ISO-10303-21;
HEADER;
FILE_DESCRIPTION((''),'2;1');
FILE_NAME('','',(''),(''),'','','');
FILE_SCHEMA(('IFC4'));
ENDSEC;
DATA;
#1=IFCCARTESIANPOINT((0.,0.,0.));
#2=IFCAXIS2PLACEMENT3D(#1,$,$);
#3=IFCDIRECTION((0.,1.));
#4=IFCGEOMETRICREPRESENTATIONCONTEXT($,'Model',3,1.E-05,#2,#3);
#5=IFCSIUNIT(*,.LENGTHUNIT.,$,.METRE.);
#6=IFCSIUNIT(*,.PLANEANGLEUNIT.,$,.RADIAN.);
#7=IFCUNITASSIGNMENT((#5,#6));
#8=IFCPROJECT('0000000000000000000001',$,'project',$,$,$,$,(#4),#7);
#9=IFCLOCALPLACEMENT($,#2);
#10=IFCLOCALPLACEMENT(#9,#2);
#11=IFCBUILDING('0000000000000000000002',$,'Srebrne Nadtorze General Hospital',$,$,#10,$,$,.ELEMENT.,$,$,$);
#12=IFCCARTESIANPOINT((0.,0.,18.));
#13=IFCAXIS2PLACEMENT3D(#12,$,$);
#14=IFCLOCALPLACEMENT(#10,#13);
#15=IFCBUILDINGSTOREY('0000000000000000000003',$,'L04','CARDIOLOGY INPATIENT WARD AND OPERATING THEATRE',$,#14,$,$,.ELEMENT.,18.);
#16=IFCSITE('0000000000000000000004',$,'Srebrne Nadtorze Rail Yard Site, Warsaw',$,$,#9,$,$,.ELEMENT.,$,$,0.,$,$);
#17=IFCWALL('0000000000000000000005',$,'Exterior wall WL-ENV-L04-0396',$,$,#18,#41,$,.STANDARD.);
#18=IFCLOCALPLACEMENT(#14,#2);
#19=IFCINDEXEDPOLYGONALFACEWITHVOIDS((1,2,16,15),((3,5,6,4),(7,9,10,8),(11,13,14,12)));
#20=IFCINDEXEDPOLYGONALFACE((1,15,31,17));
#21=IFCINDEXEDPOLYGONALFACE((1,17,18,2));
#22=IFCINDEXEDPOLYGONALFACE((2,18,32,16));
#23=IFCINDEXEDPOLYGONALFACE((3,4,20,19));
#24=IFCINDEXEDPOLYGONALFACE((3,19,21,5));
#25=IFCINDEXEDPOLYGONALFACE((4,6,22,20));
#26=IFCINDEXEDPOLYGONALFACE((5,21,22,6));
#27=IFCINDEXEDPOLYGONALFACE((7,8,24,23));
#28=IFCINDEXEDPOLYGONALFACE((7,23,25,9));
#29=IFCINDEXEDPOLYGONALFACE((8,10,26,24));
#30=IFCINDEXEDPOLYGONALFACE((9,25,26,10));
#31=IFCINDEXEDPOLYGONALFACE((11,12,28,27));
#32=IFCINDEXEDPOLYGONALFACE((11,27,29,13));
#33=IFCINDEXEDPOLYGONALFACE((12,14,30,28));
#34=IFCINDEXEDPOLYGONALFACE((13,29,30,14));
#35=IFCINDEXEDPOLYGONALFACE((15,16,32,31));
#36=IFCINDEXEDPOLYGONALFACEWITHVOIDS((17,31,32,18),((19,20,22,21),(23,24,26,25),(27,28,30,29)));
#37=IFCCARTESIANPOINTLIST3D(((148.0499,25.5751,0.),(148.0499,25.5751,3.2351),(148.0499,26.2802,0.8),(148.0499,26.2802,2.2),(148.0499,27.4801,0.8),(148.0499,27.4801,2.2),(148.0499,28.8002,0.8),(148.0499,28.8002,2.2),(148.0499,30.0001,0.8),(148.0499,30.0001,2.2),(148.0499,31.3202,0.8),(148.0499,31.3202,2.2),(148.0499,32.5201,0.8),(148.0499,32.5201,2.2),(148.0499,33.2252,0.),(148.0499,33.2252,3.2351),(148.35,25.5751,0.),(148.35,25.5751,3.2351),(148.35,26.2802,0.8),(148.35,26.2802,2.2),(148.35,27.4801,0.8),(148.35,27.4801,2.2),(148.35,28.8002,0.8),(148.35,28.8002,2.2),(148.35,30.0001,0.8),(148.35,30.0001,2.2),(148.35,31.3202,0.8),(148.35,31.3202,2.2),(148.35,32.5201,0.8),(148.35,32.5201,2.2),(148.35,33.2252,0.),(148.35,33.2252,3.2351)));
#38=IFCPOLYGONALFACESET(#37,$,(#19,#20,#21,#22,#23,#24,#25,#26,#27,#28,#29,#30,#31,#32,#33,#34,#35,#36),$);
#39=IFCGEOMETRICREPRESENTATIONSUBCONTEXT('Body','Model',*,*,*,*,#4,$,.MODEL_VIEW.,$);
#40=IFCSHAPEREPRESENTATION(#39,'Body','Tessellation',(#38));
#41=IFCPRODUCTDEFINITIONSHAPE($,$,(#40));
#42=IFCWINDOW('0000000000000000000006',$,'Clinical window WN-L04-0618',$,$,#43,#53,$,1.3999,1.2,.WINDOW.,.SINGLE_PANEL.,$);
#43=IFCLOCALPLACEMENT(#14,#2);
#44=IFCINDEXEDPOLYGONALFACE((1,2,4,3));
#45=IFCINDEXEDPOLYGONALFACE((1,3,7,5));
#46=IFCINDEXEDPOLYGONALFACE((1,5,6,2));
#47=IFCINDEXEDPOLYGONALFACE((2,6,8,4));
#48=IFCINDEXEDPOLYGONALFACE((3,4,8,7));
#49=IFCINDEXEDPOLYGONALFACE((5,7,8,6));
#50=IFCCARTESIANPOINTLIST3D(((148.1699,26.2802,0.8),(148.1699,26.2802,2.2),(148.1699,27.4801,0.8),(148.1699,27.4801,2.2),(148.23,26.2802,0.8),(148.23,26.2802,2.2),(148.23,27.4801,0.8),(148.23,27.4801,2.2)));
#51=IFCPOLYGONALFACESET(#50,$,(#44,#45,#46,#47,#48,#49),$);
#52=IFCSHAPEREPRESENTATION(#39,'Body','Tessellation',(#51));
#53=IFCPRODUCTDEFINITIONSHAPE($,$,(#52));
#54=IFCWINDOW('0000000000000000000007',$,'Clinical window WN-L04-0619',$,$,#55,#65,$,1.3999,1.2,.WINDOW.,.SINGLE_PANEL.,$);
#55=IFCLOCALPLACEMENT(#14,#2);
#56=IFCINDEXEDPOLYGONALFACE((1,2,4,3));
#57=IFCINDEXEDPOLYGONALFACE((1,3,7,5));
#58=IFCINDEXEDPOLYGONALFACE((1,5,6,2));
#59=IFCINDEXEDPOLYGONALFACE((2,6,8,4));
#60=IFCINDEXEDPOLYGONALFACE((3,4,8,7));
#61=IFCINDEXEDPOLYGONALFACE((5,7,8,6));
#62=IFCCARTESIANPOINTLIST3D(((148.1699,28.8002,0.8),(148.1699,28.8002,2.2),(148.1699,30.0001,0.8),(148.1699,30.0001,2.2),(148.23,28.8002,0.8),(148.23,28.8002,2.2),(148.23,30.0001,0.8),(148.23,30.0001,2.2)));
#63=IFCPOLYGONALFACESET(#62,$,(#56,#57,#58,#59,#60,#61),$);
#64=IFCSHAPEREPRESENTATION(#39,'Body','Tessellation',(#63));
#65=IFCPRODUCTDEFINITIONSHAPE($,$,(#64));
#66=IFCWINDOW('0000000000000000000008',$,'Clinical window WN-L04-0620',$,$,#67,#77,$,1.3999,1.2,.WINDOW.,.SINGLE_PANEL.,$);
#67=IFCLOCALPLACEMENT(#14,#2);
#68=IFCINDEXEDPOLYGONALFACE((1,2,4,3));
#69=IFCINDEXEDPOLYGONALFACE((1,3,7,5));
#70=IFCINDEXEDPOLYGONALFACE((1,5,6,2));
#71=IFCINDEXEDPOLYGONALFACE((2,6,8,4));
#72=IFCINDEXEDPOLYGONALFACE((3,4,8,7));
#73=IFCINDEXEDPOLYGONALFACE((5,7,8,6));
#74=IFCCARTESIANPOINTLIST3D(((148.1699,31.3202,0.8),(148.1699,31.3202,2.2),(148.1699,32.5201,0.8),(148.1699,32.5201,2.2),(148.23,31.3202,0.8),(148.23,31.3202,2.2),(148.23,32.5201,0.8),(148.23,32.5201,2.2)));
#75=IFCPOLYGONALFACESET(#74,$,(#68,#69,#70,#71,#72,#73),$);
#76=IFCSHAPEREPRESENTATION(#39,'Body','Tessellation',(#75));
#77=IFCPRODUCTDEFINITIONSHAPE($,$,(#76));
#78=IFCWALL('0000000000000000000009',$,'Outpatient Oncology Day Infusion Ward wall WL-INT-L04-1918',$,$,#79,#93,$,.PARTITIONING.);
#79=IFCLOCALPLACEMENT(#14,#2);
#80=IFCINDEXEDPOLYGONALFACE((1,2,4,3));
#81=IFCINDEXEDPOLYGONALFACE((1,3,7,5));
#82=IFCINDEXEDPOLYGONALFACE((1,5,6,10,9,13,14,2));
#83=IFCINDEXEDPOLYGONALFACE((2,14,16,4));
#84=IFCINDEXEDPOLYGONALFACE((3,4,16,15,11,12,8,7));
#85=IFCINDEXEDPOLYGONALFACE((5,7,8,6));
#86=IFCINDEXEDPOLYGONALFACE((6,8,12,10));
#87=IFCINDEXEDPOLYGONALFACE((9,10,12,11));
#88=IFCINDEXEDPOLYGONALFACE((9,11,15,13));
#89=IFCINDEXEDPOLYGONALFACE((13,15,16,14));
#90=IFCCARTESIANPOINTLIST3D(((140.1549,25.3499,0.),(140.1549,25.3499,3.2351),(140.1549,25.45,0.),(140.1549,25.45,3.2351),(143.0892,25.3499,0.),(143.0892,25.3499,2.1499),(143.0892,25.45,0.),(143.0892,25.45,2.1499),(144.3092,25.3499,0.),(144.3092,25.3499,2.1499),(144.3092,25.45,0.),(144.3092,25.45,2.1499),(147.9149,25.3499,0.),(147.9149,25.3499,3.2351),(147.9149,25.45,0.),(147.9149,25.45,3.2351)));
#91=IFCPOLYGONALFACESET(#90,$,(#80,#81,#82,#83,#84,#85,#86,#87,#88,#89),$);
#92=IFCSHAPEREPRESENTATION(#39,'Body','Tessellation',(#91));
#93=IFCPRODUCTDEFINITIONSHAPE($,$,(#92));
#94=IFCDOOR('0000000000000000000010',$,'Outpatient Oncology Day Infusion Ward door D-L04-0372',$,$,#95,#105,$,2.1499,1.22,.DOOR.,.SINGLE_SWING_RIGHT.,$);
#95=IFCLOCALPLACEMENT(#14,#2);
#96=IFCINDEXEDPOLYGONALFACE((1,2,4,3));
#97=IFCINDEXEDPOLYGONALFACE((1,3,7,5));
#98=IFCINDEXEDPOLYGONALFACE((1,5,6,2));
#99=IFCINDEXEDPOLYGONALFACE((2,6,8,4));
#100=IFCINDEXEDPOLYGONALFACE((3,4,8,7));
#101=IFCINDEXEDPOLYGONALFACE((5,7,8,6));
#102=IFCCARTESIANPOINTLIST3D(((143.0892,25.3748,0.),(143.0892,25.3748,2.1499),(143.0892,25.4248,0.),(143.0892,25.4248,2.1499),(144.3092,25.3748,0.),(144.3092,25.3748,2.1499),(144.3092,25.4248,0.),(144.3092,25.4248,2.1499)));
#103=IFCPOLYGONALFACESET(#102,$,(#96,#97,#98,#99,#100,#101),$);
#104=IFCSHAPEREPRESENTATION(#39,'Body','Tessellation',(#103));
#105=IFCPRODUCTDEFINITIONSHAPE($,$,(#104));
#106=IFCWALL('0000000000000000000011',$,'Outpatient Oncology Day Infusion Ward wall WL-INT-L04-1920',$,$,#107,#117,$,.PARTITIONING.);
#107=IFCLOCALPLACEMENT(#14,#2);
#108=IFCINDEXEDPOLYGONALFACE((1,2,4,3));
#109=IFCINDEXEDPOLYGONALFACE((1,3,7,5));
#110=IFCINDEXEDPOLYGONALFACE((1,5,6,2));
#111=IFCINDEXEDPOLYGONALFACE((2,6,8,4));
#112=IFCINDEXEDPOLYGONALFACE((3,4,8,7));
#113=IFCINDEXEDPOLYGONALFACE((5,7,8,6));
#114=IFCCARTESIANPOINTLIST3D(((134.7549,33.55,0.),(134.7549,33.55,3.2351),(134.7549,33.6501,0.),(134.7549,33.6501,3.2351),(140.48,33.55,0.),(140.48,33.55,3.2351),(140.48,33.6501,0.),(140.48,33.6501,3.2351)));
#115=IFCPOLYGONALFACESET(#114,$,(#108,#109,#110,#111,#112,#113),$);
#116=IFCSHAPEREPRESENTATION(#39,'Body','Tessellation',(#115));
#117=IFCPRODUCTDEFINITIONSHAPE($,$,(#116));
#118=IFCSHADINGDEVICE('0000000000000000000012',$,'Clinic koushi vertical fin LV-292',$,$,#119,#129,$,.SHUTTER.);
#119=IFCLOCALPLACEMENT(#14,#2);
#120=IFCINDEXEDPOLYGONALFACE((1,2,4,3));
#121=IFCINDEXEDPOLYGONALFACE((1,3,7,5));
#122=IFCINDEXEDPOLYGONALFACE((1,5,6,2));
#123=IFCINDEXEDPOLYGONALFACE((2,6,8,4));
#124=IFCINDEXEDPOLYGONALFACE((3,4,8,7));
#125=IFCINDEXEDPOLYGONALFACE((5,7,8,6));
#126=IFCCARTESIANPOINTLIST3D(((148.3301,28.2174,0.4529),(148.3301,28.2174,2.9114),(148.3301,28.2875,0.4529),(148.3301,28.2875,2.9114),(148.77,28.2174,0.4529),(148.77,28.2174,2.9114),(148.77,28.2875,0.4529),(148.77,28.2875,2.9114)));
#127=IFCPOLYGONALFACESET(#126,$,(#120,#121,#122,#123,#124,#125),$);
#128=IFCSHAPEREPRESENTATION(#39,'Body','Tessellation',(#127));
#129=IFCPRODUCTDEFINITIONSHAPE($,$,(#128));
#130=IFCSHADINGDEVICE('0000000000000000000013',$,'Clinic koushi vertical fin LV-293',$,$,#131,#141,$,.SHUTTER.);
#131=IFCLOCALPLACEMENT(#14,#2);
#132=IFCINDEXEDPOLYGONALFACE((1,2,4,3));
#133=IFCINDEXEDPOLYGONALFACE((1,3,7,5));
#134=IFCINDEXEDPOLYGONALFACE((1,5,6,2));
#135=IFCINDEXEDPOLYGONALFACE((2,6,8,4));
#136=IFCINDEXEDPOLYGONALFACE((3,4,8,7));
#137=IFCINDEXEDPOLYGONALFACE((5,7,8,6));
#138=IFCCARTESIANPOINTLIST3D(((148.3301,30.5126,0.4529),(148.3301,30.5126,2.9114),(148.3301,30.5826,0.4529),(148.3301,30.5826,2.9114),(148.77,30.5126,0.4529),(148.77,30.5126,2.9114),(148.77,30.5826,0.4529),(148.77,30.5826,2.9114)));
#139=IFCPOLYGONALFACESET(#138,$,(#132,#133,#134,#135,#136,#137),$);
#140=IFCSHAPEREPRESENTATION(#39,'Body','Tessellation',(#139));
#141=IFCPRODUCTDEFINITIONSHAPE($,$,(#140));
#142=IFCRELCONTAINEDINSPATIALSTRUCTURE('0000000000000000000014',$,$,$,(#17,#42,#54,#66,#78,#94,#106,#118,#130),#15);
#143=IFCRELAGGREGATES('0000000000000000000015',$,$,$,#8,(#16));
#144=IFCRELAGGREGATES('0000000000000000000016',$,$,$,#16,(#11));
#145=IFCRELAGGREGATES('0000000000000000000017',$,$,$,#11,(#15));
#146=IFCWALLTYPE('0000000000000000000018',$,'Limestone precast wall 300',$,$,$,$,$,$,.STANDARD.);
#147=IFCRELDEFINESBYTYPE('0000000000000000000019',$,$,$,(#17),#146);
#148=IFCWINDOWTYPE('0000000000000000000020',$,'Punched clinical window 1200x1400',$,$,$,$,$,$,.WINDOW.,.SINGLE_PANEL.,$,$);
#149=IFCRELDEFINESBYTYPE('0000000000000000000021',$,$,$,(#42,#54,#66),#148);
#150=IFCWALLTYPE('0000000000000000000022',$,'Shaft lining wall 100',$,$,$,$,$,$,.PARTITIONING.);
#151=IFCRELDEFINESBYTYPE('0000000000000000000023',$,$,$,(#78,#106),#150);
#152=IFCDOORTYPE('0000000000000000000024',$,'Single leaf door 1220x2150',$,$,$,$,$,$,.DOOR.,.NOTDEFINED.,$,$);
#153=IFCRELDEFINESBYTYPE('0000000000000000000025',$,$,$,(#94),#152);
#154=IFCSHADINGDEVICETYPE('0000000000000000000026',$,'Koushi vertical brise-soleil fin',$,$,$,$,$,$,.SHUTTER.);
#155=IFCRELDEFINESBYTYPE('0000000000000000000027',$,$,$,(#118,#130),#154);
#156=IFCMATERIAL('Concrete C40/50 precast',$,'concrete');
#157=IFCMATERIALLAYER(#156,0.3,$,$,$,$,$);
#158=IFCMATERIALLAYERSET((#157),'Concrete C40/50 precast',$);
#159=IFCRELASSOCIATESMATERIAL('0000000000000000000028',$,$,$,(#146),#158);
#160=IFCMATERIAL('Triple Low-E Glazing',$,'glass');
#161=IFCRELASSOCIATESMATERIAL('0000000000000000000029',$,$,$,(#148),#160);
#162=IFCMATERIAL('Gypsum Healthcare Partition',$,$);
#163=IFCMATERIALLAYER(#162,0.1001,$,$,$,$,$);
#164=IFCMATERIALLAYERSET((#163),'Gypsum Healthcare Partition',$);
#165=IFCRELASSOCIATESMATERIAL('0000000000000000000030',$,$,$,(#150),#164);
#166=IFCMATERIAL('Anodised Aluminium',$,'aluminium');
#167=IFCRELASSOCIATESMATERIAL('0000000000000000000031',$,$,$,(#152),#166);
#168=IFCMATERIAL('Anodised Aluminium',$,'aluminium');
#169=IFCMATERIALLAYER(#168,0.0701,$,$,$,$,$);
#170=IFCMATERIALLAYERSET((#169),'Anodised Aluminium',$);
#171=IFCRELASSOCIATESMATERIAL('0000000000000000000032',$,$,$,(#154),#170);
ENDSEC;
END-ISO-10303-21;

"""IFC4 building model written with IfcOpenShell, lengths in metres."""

from ifc_helpers import new_model, si_unit, direction, frame, frame_2d, origin, origin_2d, place, context, subcontext, project, spatial, rectangle, extrude, material, layer, layer_set, type_object, element, fill, save


model = new_model("IFC4")

# Units and contexts
model_context = context("Model", 3, precision=1e-05, world=origin(), true_north=direction((0.0, 1.0)))
body_context = subcontext(model_context, "Body", "Model", "MODEL_VIEW")
ifc_project = project(units=[si_unit("LENGTHUNIT", "METRE"), si_unit("PLANEANGLEUNIT", "RADIAN")], contexts=[model_context])

# Site, building, storey
site_placement = place(None, origin())
site = spatial("IfcSite", under=ifc_project, at=site_placement, Name="Srebrne Nadtorze Rail Yard Site, Warsaw", CompositionType="ELEMENT", RefElevation=0.0)
building_placement = place(site_placement, origin())
building = spatial("IfcBuilding", under=site, at=building_placement, Name="Srebrne Nadtorze General Hospital", CompositionType="ELEMENT")
storey_placement = place(building_placement, frame((0.0, 0.0, 18.0)))
storey = spatial("IfcBuildingStorey", under=building, at=storey_placement, Name="L04", Description="CARDIOLOGY INPATIENT WARD AND OPERATING THEATRE", CompositionType="ELEMENT", Elevation=18.0)

# Wall, openings, windows
ifc_material_1 = material(Name="Concrete C40/50 precast", Category="concrete")
ifc_layer_1 = layer(ifc_material_1, 0.3)
ifc_layer_set_1 = layer_set([ifc_layer_1], Name="Concrete C40/50 precast")
wall_type_1 = type_object("IfcWallType", Name="Limestone precast wall 300", PredefinedType="STANDARD", material=ifc_layer_set_1)
wall_1_placement = place(storey_placement, frame((148.2, 25.575, 0.0), z_axis=(0.0, 0.0, 1.0), x_axis=(0.0, 1.0, 0.0)))
wall_1 = element("IfcWall", 1, at=wall_1_placement, inside=storey, type_object=wall_type_1, Name="Exterior wall WL-ENV-L04-0396", PredefinedType="STANDARD", context=body_context, shape_type="SweptSolid", body=[
    extrude(rectangle(XDim=7.6501, YDim=0.3, at=frame_2d((3.8252, 0.0))), origin(), (0.0, 0.0, 1.0), 3.2351),
])
opening_1_placement = place(wall_1_placement, frame((0.7051, 0.0, 0.8)))
opening_1 = element("IfcOpeningElement", 2, at=opening_1_placement, cuts=wall_1, PredefinedType="OPENING", context=body_context, shape_type="SweptSolid", body=[
    extrude(rectangle(XDim=1.2, YDim=1.3999, at=frame_2d((0.6001, 0.7))), frame((0.0, 0.1621, 0.0), z_axis=(0.0, -1.0, 0.0), x_axis=(1.0, 0.0, 0.0)), (0.0, 0.0, 1.0), 0.324),
])
opening_2_placement = place(wall_1_placement, frame((3.2251, 0.0, 0.8)))
opening_2 = element("IfcOpeningElement", 3, at=opening_2_placement, cuts=wall_1, PredefinedType="OPENING", context=body_context, shape_type="SweptSolid", body=[
    extrude(rectangle(XDim=1.2, YDim=1.3999, at=frame_2d((0.6001, 0.7))), frame((0.0, 0.1621, 0.0), z_axis=(0.0, -1.0, 0.0), x_axis=(1.0, 0.0, 0.0)), (0.0, 0.0, 1.0), 0.324),
])
opening_3_placement = place(wall_1_placement, frame((5.7451, 0.0, 0.8)))
opening_3 = element("IfcOpeningElement", 4, at=opening_3_placement, cuts=wall_1, PredefinedType="OPENING", context=body_context, shape_type="SweptSolid", body=[
    extrude(rectangle(XDim=1.2, YDim=1.3999, at=frame_2d((0.6001, 0.7))), frame((0.0, 0.1621, 0.0), z_axis=(0.0, -1.0, 0.0), x_axis=(1.0, 0.0, 0.0)), (0.0, 0.0, 1.0), 0.324),
])
ifc_material_2 = material(Name="Triple Low-E Glazing", Category="glass")
window_type = type_object("IfcWindowType", Name="Punched clinical window 1200x1400", PartitioningType="SINGLE_PANEL", PredefinedType="WINDOW", material=ifc_material_2)
window_1_placement = place(opening_1_placement, origin())
window_1 = element("IfcWindow", 5, at=window_1_placement, inside=storey, type_object=window_type, Name="Clinical window WN-L04-0618", OverallHeight=1.3999, OverallWidth=1.2, PartitioningType="SINGLE_PANEL", PredefinedType="WINDOW", context=body_context, shape_type="SweptSolid", body=[
    extrude(rectangle(XDim=1.2, YDim=1.3999, at=frame_2d((0.6001, 0.7))), frame((0.0, 0.03, 0.0), z_axis=(0.0, -1.0, 0.0), x_axis=(1.0, 0.0, 0.0)), (0.0, 0.0, 1.0), 0.0601),
])
fill(opening_1, window_1)
window_2_placement = place(opening_2_placement, origin())
window_2 = element("IfcWindow", 6, at=window_2_placement, inside=storey, type_object=window_type, Name="Clinical window WN-L04-0619", OverallHeight=1.3999, OverallWidth=1.2, PartitioningType="SINGLE_PANEL", PredefinedType="WINDOW", context=body_context, shape_type="SweptSolid", body=[
    extrude(rectangle(XDim=1.2, YDim=1.3999, at=frame_2d((0.6001, 0.7))), frame((0.0, 0.03, 0.0), z_axis=(0.0, -1.0, 0.0), x_axis=(1.0, 0.0, 0.0)), (0.0, 0.0, 1.0), 0.0601),
])
fill(opening_2, window_2)
window_3_placement = place(opening_3_placement, origin())
window_3 = element("IfcWindow", 7, at=window_3_placement, inside=storey, type_object=window_type, Name="Clinical window WN-L04-0620", OverallHeight=1.3999, OverallWidth=1.2, PartitioningType="SINGLE_PANEL", PredefinedType="WINDOW", context=body_context, shape_type="SweptSolid", body=[
    extrude(rectangle(XDim=1.2, YDim=1.3999, at=frame_2d((0.6001, 0.7))), frame((0.0, 0.03, 0.0), z_axis=(0.0, -1.0, 0.0), x_axis=(1.0, 0.0, 0.0)), (0.0, 0.0, 1.0), 0.0601),
])
fill(opening_3, window_3)

# Wall, opening, door
ifc_material_3 = material(Name="Gypsum Healthcare Partition")
ifc_layer_2 = layer(ifc_material_3, 0.1001)
ifc_layer_set_2 = layer_set([ifc_layer_2], Name="Gypsum Healthcare Partition")
wall_type_2 = type_object("IfcWallType", Name="Shaft lining wall 100", PredefinedType="PARTITIONING", material=ifc_layer_set_2)
wall_2_placement = place(storey_placement, frame((140.155, 25.3999, 0.0), z_axis=(0.0, 0.0, 1.0), x_axis=(1.0, 0.0, 0.0)))
wall_2 = element("IfcWall", 8, at=wall_2_placement, inside=storey, type_object=wall_type_2, Name="Outpatient Oncology Day Infusion Ward wall WL-INT-L04-1918", PredefinedType="PARTITIONING", context=body_context, shape_type="SweptSolid", body=[
    extrude(rectangle(XDim=7.76, YDim=0.1001, at=frame_2d((3.8799, 0.0))), origin(), (0.0, 0.0, 1.0), 3.2351),
])
opening_4_placement = place(wall_2_placement, frame((2.9343, 0.0, 0.0)))
opening_4 = element("IfcOpeningElement", 9, at=opening_4_placement, cuts=wall_2, PredefinedType="OPENING", context=body_context, shape_type="SweptSolid", body=[
    extrude(rectangle(XDim=1.22, YDim=2.1499, at=frame_2d((0.6099, 1.075))), frame((0.0, 0.062, 0.0), z_axis=(0.0, -1.0, 0.0), x_axis=(1.0, 0.0, 0.0)), (0.0, 0.0, 1.0), 0.124),
])
ifc_material_4 = material(Name="Anodised Aluminium", Category="aluminium")
door_type_1 = type_object("IfcDoorType", Name="Single leaf door 1220x2150", OperationType="NOTDEFINED", PredefinedType="DOOR", material=ifc_material_4)
door_1_placement = place(opening_4_placement, origin())
door_1 = element("IfcDoor", 10, at=door_1_placement, inside=storey, type_object=door_type_1, Name="Outpatient Oncology Day Infusion Ward door D-L04-0372", OperationType="SINGLE_SWING_RIGHT", OverallHeight=2.1499, OverallWidth=1.22, PredefinedType="DOOR", context=body_context, shape_type="SweptSolid", body=[
    extrude(rectangle(XDim=1.22, YDim=2.1499, at=frame_2d((0.6099, 1.075))), frame((0.0, 0.0249, 0.0), z_axis=(0.0, -1.0, 0.0), x_axis=(1.0, 0.0, 0.0)), (0.0, 0.0, 1.0), 0.05),
])
fill(opening_4, door_1)

# Wall
wall_3_placement = place(storey_placement, frame((134.7549, 33.6001, 0.0), z_axis=(0.0, 0.0, 1.0), x_axis=(1.0, 0.0, 0.0)))
element("IfcWall", 11, at=wall_3_placement, inside=storey, type_object=wall_type_2, Name="Outpatient Oncology Day Infusion Ward wall WL-INT-L04-1920", PredefinedType="PARTITIONING", context=body_context, shape_type="SweptSolid", body=[
    extrude(rectangle(XDim=5.7251, YDim=0.1001, at=frame_2d((2.8625, 0.0))), origin(), (0.0, 0.0, 1.0), 3.2351),
])

# Shading devices
ifc_material_5 = material(Name="Anodised Aluminium", Category="aluminium")
ifc_layer_3 = layer(ifc_material_5, 0.0701)
ifc_layer_set_3 = layer_set([ifc_layer_3], Name="Anodised Aluminium")
shading_device_type = type_object("IfcShadingDeviceType", Name="Koushi vertical brise-soleil fin", PredefinedType="SHUTTER", material=ifc_layer_set_3)
for number, where, z_axis, x_axis, name in (
    (12, (148.55, 28.2524, 0.4529), (0.0, 0.0, 1.0), (1.0, 0.0, 0.0), "Clinic koushi vertical fin LV-292"),
    (13, (148.55, 30.5476, 0.4529), (0.0, 0.0, 1.0), (1.0, 0.0, 0.0), "Clinic koushi vertical fin LV-293"),
):
    element("IfcShadingDevice", number, at=place(storey_placement, frame(where, z_axis=z_axis, x_axis=x_axis)), inside=storey, type_object=shading_device_type, Name=name, PredefinedType="SHUTTER", context=body_context, shape_type="SweptSolid", body=[
        extrude(rectangle(XDim=0.4399, YDim=0.0701, at=origin_2d()), origin(), (0.0, 0.0, 1.0), 2.4585),
    ])

save(model, "model.ifc")
